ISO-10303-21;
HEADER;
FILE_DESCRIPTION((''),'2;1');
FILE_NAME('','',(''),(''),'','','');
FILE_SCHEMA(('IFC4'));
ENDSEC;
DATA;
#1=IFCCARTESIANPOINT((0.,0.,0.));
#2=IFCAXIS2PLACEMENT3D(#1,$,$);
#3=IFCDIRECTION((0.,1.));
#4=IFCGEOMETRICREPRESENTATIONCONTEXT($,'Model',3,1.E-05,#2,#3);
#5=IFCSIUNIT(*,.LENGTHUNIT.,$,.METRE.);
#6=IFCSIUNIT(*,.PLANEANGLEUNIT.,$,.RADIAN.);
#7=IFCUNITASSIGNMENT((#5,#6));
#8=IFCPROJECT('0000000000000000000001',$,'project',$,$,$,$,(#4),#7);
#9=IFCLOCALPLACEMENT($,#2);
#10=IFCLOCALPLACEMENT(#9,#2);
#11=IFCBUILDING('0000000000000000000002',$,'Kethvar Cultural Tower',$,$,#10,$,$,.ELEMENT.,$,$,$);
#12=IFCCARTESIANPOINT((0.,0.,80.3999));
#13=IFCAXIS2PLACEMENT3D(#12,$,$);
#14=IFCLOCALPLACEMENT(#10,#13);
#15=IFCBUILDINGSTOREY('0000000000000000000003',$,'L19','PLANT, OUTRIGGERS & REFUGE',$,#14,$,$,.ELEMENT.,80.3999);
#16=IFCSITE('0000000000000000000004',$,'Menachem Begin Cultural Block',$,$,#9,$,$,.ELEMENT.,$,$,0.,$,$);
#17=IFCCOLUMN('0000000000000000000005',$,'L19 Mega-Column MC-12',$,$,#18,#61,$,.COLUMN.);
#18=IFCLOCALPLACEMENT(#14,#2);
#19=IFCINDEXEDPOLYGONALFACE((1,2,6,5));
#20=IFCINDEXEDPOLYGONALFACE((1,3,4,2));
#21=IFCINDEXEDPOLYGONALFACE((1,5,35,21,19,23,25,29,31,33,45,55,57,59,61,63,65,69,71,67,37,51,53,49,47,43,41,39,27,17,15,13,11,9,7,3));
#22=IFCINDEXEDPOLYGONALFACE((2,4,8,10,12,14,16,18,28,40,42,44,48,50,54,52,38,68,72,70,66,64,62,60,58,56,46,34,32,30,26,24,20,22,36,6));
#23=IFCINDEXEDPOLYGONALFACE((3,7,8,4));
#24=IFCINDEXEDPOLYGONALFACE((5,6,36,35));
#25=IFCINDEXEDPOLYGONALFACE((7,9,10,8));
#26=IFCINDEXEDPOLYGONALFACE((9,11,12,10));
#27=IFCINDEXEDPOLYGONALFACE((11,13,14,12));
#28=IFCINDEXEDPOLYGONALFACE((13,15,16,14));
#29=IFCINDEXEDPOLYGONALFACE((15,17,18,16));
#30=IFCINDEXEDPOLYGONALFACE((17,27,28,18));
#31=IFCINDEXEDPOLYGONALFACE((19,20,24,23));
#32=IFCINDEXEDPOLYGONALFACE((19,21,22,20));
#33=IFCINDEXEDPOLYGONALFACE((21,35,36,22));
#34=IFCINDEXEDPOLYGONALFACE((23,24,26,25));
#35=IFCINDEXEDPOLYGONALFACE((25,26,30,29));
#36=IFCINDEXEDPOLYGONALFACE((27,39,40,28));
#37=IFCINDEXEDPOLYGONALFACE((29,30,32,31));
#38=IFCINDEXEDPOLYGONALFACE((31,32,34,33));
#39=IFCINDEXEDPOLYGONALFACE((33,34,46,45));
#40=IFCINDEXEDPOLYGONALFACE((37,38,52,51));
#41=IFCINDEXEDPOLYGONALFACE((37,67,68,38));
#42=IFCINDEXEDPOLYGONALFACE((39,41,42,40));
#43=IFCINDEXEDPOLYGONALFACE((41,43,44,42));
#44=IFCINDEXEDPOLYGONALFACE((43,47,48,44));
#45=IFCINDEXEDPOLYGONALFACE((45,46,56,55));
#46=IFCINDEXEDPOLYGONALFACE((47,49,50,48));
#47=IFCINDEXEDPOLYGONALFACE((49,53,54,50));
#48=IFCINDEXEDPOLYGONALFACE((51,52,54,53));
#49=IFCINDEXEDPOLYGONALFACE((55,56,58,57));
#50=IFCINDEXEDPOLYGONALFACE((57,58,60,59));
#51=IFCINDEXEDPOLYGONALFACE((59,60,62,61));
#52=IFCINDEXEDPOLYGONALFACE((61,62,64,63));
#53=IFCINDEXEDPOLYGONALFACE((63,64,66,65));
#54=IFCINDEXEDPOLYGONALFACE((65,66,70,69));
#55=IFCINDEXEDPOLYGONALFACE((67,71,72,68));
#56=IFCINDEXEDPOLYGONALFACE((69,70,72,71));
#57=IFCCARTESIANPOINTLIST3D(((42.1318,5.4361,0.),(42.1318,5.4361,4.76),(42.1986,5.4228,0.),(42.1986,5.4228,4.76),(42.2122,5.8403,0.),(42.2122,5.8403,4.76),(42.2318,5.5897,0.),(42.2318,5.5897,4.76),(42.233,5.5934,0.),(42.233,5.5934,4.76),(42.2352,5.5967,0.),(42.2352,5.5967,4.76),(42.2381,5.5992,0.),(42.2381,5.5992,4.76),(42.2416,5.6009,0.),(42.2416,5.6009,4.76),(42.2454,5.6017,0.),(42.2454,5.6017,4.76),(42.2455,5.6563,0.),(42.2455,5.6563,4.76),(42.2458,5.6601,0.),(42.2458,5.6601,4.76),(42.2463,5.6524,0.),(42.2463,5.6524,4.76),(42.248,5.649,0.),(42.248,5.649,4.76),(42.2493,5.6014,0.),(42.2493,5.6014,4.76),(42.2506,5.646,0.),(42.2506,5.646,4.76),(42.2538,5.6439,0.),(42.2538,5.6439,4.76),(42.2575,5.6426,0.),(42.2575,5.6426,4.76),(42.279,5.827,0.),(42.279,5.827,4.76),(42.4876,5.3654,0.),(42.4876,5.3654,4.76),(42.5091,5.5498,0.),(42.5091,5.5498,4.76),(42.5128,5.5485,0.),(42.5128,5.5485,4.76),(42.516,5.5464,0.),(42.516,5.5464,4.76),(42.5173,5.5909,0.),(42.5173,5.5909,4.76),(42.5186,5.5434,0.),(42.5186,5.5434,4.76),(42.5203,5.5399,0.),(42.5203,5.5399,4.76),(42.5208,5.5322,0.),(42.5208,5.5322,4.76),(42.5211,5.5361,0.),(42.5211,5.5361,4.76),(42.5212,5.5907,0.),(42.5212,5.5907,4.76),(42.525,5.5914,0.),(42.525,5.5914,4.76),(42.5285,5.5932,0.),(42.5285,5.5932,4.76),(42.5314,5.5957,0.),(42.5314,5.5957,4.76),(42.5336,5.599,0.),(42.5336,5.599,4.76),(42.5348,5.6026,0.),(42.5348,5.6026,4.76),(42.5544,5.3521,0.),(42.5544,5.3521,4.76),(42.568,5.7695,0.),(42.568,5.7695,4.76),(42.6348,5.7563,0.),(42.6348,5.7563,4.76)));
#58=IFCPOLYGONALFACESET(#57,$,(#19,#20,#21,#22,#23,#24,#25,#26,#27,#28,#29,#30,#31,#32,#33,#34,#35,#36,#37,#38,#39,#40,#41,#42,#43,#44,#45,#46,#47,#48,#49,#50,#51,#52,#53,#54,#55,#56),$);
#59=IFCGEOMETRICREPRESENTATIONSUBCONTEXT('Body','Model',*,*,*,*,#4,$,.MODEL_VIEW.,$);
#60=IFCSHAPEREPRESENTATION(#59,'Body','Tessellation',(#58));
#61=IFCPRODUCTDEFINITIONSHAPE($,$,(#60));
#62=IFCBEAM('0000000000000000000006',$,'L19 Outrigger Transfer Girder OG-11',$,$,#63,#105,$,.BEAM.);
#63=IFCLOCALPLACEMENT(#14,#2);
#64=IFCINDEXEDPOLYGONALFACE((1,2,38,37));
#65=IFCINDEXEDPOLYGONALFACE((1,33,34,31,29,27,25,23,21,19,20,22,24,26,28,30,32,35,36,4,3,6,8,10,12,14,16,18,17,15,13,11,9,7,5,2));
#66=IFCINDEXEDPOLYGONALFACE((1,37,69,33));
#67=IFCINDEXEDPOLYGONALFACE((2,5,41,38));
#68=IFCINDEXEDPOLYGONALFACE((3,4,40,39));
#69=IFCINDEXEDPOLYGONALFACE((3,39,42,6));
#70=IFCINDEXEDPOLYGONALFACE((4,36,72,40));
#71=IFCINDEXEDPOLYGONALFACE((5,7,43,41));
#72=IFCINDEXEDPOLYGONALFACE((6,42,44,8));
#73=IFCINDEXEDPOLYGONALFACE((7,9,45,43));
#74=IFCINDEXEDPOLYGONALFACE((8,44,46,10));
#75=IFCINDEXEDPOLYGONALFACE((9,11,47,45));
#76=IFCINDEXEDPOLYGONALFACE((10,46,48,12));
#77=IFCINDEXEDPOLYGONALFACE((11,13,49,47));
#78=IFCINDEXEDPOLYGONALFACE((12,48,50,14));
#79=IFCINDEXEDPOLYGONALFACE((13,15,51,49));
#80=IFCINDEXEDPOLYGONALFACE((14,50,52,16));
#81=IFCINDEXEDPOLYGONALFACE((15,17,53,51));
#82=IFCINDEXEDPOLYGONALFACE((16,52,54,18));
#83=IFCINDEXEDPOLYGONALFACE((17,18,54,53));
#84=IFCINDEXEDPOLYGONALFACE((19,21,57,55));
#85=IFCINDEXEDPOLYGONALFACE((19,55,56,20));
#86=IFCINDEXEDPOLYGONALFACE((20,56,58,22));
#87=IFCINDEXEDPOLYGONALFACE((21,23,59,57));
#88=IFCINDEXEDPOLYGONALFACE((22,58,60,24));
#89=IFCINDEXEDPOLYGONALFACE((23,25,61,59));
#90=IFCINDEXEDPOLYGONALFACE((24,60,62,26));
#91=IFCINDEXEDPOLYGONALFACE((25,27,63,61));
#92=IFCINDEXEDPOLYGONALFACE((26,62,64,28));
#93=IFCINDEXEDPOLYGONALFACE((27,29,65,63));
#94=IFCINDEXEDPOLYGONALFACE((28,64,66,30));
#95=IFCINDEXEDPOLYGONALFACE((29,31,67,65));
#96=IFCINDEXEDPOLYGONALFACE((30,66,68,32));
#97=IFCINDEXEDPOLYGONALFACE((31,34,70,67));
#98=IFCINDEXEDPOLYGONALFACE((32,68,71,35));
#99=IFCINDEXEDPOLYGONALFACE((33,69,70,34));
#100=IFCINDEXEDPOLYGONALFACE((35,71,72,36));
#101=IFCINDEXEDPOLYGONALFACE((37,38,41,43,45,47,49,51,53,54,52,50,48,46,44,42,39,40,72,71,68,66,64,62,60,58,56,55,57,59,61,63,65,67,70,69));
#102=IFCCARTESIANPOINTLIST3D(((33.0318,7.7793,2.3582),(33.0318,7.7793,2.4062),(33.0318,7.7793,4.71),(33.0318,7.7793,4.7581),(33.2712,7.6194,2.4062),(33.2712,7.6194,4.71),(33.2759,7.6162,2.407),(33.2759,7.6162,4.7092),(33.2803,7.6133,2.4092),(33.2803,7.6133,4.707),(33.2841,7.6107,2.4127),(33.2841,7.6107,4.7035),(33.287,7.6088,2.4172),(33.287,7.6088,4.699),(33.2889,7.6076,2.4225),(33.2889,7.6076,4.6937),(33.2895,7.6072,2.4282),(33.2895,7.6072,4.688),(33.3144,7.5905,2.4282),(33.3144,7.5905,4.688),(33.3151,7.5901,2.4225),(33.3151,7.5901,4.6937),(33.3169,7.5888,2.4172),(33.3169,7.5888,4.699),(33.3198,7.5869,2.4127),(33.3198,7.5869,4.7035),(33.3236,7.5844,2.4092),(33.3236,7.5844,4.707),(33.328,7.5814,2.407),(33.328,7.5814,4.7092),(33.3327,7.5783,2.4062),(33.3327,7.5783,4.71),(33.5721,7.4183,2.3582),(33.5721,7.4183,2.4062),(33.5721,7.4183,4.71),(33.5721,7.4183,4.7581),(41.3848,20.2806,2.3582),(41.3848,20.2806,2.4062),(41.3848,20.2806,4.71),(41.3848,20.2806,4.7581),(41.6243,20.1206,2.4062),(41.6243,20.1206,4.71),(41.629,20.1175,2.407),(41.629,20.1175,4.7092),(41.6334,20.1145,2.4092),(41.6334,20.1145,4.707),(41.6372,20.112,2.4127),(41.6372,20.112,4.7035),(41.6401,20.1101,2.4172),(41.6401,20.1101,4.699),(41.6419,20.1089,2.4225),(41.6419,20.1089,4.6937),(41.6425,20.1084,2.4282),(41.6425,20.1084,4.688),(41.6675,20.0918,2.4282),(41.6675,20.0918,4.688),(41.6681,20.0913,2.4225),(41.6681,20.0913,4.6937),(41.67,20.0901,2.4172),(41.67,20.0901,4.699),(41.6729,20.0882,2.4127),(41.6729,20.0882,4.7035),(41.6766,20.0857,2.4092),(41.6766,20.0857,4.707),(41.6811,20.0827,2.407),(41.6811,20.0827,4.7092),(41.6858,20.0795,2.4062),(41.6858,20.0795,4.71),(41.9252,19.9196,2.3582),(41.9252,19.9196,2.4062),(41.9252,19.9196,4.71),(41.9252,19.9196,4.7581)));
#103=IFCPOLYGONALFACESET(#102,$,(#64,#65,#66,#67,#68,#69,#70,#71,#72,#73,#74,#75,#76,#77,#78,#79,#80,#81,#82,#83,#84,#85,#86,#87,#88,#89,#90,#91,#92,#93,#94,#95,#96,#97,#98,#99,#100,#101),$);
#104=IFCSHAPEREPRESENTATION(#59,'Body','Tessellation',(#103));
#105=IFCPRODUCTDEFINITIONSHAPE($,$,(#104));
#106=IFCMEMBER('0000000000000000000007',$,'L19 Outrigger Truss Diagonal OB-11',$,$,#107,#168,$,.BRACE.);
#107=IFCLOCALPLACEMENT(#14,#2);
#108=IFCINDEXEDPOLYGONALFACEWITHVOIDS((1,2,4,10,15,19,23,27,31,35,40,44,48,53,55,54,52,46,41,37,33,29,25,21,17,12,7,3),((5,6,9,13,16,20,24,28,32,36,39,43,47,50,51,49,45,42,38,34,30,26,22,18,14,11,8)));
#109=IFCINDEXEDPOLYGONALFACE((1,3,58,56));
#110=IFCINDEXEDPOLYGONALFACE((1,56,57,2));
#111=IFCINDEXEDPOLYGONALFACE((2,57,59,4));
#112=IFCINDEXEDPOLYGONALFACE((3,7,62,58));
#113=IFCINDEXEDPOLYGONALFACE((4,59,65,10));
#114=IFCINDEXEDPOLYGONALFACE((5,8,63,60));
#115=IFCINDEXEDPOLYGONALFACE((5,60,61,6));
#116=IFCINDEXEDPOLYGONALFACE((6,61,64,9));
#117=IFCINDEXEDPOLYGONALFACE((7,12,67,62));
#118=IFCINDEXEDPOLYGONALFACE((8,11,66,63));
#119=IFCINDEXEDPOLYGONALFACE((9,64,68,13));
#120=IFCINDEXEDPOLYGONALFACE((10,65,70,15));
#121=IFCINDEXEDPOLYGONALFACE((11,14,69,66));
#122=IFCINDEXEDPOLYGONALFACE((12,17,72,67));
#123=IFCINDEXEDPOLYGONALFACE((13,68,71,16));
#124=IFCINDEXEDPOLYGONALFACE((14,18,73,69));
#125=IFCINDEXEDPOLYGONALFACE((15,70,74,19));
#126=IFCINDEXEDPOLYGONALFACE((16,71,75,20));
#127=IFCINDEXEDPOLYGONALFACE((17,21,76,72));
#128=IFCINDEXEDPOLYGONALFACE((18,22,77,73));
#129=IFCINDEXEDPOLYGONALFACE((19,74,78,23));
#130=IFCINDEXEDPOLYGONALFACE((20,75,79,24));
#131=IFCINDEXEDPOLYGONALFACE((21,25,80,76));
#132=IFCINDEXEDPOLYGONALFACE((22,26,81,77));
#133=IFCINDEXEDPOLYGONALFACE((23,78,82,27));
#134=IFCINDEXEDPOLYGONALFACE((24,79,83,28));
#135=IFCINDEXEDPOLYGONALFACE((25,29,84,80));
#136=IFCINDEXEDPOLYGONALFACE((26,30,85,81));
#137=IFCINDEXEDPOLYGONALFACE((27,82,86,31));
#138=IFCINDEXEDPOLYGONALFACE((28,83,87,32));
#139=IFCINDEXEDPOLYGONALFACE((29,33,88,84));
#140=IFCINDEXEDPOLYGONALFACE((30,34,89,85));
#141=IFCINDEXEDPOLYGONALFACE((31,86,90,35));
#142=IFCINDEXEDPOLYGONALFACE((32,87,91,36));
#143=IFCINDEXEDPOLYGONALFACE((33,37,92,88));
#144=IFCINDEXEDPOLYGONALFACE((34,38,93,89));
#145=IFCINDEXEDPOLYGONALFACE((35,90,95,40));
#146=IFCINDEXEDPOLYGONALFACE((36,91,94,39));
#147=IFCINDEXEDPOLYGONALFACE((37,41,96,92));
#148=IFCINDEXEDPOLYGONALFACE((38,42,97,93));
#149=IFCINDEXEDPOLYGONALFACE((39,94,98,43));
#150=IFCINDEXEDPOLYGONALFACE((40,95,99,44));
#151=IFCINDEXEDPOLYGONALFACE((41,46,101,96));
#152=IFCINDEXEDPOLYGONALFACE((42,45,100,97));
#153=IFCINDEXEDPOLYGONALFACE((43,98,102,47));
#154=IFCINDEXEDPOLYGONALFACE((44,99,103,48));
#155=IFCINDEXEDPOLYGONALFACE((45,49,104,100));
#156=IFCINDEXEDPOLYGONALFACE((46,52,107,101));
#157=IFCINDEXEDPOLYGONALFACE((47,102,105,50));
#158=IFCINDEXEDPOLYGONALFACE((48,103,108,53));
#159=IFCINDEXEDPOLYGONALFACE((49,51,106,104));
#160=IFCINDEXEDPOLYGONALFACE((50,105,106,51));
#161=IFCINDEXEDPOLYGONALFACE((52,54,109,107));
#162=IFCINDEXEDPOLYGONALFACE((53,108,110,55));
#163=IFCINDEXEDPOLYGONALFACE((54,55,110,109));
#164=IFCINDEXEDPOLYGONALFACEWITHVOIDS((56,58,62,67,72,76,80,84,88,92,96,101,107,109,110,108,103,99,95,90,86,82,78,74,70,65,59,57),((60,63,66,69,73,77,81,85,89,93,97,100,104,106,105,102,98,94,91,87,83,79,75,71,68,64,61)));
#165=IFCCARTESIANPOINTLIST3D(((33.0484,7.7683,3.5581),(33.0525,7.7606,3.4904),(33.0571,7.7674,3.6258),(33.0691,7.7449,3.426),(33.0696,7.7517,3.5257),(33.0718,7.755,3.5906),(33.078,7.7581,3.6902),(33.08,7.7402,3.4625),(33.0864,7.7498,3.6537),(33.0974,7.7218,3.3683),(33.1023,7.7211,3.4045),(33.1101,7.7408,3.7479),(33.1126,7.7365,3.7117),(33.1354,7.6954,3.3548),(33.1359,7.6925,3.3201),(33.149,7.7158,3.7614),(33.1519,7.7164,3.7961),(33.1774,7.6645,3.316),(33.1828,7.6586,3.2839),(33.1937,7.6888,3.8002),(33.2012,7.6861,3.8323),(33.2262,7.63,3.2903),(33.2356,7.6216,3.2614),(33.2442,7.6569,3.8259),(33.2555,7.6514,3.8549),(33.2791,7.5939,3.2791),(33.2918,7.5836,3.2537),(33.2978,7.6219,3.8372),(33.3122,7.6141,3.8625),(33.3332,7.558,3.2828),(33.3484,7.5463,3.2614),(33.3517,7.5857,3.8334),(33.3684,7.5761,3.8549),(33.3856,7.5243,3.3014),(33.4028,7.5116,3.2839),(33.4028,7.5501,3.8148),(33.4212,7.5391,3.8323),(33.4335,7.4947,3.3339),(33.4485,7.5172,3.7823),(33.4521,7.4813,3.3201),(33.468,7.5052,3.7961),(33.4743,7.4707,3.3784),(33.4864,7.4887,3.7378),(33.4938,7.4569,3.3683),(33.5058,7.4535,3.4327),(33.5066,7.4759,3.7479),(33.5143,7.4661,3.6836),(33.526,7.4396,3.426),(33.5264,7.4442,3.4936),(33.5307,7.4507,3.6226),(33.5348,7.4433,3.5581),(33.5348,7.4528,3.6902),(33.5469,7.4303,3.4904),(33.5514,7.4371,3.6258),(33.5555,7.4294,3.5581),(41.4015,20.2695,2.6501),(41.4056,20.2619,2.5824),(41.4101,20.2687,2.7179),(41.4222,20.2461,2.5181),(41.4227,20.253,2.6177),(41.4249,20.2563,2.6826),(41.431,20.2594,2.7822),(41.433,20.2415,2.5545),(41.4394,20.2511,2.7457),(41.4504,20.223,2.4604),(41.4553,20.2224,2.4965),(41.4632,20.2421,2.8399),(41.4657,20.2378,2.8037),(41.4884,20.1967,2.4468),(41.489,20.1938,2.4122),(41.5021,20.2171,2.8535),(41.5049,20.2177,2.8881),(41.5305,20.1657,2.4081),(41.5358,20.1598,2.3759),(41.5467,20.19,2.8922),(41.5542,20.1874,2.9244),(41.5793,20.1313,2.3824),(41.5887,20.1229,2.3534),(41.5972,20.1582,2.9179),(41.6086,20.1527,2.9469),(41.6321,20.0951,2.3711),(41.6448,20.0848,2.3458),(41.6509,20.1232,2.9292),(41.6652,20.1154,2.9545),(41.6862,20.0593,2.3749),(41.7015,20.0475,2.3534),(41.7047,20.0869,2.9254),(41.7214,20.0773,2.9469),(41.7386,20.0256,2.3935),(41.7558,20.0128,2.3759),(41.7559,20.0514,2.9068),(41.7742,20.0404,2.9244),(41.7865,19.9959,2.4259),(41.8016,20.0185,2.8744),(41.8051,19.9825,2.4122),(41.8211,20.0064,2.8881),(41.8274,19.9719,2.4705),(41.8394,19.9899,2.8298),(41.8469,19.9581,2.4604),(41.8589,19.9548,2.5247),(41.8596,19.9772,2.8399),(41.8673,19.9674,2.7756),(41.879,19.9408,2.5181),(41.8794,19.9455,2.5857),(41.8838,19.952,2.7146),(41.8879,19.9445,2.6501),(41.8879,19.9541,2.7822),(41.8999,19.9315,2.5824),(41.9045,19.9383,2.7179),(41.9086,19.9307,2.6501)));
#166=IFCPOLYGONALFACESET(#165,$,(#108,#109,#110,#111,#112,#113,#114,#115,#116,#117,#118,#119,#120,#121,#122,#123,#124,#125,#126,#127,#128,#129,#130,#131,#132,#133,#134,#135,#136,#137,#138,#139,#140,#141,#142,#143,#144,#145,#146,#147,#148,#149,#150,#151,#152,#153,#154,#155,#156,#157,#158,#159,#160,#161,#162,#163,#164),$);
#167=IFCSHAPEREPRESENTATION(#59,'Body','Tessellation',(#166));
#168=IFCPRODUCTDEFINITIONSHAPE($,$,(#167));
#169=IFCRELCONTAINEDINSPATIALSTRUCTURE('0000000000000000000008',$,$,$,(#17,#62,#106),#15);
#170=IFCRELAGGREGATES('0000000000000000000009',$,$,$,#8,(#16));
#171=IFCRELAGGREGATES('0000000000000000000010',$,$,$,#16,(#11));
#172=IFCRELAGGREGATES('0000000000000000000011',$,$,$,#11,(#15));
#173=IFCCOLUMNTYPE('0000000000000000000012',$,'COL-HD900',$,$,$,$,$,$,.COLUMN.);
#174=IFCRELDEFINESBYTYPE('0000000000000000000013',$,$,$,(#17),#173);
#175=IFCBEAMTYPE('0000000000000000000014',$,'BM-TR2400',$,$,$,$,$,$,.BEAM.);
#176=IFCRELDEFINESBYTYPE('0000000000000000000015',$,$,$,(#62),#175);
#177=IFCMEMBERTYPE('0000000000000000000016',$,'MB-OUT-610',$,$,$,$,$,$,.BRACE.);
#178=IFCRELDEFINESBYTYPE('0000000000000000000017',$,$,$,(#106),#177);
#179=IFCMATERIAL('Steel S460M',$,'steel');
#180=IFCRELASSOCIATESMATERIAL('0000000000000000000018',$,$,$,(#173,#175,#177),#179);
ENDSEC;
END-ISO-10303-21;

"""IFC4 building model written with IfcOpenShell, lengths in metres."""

from ifc_helpers import new_model, si_unit, direction, frame, origin, origin_2d, place, context, subcontext, project, spatial, hollow_circle, i_section, extrude, source, transform, mapped, material, material_profile, profile_set, type_object, element, save


model = new_model("IFC4")

# Units and contexts
model_context = context("Model", 3, precision=1e-05, world=origin(), true_north=direction((0.0, 1.0)))
body_context = subcontext(model_context, "Body", "Model", "MODEL_VIEW")
ifc_project = project(units=[si_unit("LENGTHUNIT", "METRE"), si_unit("PLANEANGLEUNIT", "RADIAN")], contexts=[model_context])

# Site, building, storey
site_placement = place(None, origin())
site = spatial("IfcSite", under=ifc_project, at=site_placement, Name="Menachem Begin Cultural Block", CompositionType="ELEMENT", RefElevation=0.0)
building_placement = place(site_placement, origin())
building = spatial("IfcBuilding", under=site, at=building_placement, Name="Kethvar Cultural Tower", CompositionType="ELEMENT")
storey_placement = place(building_placement, frame((0.0, 0.0, 80.3999)))
storey = spatial("IfcBuildingStorey", under=building, at=storey_placement, Name="L19", Description="PLANT, OUTRIGGERS & REFUGE", CompositionType="ELEMENT", Elevation=80.3999)

# Column
ifc_material_1 = material(Name="Steel S460M", Category="steel")
ifc_material_profile_1 = material_profile(ifc_material_1, i_section(OverallWidth=0.4121, OverallDepth=0.4309, WebThickness=0.042, FlangeThickness=0.0681, FilletRadius=0.0149, at=origin_2d()), Name="Steel S460M — HD400x900")
ifc_profile_set_1 = profile_set([ifc_material_profile_1], Name="Steel S460M — HD400x900")
column_type = type_object("IfcColumnType", Name="COL-HD900", PredefinedType="COLUMN", material=ifc_profile_set_1)
shared_shape_1 = source(origin(), body_context, "Body", "SweptSolid", [
    extrude(i_section(OverallWidth=0.4121, OverallDepth=0.4309, WebThickness=0.042, FlangeThickness=0.0681, FilletRadius=0.0149, at=origin_2d()), origin(), (0.0, 0.0, 1.0), 4.76),
])
column_placement = place(storey_placement, frame((42.3833, 5.5962, 0.0), z_axis=(0.0, 0.0, 1.0), x_axis=(-0.19509, -0.980785, 0.0)))
element("IfcColumn", 1, at=column_placement, inside=storey, type_object=column_type, Name="L19 Mega-Column MC-12", PredefinedType="COLUMN", context=body_context, shape_type="MappedRepresentation", body=[
    mapped(shared_shape_1, transform((0.0, 0.0, 0.0), scale=1.0)),
])

# Beam
ifc_material_profile_2 = material_profile(ifc_material_1, i_section(OverallWidth=0.6499, OverallDepth=2.3999, WebThickness=0.03, FlangeThickness=0.0481, FilletRadius=0.022, at=origin_2d()), Name="Steel S460M — PG2400x650x48x30")
ifc_profile_set_2 = profile_set([ifc_material_profile_2], Name="Steel S460M — PG2400x650x48x30")
beam_type = type_object("IfcBeamType", Name="BM-TR2400", PredefinedType="BEAM", material=ifc_profile_set_2)
shared_shape_2 = source(origin(), body_context, "Body", "SweptSolid", [
    extrude(i_section(OverallWidth=0.6499, OverallDepth=2.3999, WebThickness=0.03, FlangeThickness=0.0481, FilletRadius=0.022, at=origin_2d()), origin(), (0.0, 0.0, 1.0), 15.0352),
])
beam_1_placement = place(storey_placement, frame((41.655, 20.1001, 3.5581), z_axis=(-0.555569, -0.83147, 0.0), x_axis=(0.83147, -0.555569, 0.0)))
element("IfcBeam", 2, at=beam_1_placement, inside=storey, type_object=beam_type, Name="L19 Outrigger Transfer Girder OG-11", PredefinedType="BEAM", context=body_context, shape_type="MappedRepresentation", body=[
    mapped(shared_shape_2, transform((0.0, 0.0, 0.0), scale=1.0)),
])

# Member
ifc_material_profile_3 = material_profile(ifc_material_1, hollow_circle(Radius=0.3049, WallThickness=0.0249, at=origin_2d()), Name="Steel S460M — CHS610x25")
ifc_profile_set_3 = profile_set([ifc_material_profile_3], Name="Steel S460M — CHS610x25")
member_type_1 = type_object("IfcMemberType", Name="MB-OUT-610", PredefinedType="BRACE", material=ifc_profile_set_3)
shared_shape_3 = source(origin(), body_context, "Body", "SweptSolid", [
    extrude(hollow_circle(Radius=0.3049, WallThickness=0.0249, at=origin_2d()), origin(), (0.0, 0.0, 1.0), 15.0625),
])
member_1_placement = place(storey_placement, frame((41.655, 20.1001, 2.6501), z_axis=(-0.554559, -0.829958, 0.06028), x_axis=(0.83147, -0.555569, 0.0)))
element("IfcMember", 3, at=member_1_placement, inside=storey, type_object=member_type_1, Name="L19 Outrigger Truss Diagonal OB-11", PredefinedType="BRACE", context=body_context, shape_type="MappedRepresentation", body=[
    mapped(shared_shape_3, transform((0.0, 0.0, 0.0), scale=1.0)),
])

save(model, "model.ifc")
